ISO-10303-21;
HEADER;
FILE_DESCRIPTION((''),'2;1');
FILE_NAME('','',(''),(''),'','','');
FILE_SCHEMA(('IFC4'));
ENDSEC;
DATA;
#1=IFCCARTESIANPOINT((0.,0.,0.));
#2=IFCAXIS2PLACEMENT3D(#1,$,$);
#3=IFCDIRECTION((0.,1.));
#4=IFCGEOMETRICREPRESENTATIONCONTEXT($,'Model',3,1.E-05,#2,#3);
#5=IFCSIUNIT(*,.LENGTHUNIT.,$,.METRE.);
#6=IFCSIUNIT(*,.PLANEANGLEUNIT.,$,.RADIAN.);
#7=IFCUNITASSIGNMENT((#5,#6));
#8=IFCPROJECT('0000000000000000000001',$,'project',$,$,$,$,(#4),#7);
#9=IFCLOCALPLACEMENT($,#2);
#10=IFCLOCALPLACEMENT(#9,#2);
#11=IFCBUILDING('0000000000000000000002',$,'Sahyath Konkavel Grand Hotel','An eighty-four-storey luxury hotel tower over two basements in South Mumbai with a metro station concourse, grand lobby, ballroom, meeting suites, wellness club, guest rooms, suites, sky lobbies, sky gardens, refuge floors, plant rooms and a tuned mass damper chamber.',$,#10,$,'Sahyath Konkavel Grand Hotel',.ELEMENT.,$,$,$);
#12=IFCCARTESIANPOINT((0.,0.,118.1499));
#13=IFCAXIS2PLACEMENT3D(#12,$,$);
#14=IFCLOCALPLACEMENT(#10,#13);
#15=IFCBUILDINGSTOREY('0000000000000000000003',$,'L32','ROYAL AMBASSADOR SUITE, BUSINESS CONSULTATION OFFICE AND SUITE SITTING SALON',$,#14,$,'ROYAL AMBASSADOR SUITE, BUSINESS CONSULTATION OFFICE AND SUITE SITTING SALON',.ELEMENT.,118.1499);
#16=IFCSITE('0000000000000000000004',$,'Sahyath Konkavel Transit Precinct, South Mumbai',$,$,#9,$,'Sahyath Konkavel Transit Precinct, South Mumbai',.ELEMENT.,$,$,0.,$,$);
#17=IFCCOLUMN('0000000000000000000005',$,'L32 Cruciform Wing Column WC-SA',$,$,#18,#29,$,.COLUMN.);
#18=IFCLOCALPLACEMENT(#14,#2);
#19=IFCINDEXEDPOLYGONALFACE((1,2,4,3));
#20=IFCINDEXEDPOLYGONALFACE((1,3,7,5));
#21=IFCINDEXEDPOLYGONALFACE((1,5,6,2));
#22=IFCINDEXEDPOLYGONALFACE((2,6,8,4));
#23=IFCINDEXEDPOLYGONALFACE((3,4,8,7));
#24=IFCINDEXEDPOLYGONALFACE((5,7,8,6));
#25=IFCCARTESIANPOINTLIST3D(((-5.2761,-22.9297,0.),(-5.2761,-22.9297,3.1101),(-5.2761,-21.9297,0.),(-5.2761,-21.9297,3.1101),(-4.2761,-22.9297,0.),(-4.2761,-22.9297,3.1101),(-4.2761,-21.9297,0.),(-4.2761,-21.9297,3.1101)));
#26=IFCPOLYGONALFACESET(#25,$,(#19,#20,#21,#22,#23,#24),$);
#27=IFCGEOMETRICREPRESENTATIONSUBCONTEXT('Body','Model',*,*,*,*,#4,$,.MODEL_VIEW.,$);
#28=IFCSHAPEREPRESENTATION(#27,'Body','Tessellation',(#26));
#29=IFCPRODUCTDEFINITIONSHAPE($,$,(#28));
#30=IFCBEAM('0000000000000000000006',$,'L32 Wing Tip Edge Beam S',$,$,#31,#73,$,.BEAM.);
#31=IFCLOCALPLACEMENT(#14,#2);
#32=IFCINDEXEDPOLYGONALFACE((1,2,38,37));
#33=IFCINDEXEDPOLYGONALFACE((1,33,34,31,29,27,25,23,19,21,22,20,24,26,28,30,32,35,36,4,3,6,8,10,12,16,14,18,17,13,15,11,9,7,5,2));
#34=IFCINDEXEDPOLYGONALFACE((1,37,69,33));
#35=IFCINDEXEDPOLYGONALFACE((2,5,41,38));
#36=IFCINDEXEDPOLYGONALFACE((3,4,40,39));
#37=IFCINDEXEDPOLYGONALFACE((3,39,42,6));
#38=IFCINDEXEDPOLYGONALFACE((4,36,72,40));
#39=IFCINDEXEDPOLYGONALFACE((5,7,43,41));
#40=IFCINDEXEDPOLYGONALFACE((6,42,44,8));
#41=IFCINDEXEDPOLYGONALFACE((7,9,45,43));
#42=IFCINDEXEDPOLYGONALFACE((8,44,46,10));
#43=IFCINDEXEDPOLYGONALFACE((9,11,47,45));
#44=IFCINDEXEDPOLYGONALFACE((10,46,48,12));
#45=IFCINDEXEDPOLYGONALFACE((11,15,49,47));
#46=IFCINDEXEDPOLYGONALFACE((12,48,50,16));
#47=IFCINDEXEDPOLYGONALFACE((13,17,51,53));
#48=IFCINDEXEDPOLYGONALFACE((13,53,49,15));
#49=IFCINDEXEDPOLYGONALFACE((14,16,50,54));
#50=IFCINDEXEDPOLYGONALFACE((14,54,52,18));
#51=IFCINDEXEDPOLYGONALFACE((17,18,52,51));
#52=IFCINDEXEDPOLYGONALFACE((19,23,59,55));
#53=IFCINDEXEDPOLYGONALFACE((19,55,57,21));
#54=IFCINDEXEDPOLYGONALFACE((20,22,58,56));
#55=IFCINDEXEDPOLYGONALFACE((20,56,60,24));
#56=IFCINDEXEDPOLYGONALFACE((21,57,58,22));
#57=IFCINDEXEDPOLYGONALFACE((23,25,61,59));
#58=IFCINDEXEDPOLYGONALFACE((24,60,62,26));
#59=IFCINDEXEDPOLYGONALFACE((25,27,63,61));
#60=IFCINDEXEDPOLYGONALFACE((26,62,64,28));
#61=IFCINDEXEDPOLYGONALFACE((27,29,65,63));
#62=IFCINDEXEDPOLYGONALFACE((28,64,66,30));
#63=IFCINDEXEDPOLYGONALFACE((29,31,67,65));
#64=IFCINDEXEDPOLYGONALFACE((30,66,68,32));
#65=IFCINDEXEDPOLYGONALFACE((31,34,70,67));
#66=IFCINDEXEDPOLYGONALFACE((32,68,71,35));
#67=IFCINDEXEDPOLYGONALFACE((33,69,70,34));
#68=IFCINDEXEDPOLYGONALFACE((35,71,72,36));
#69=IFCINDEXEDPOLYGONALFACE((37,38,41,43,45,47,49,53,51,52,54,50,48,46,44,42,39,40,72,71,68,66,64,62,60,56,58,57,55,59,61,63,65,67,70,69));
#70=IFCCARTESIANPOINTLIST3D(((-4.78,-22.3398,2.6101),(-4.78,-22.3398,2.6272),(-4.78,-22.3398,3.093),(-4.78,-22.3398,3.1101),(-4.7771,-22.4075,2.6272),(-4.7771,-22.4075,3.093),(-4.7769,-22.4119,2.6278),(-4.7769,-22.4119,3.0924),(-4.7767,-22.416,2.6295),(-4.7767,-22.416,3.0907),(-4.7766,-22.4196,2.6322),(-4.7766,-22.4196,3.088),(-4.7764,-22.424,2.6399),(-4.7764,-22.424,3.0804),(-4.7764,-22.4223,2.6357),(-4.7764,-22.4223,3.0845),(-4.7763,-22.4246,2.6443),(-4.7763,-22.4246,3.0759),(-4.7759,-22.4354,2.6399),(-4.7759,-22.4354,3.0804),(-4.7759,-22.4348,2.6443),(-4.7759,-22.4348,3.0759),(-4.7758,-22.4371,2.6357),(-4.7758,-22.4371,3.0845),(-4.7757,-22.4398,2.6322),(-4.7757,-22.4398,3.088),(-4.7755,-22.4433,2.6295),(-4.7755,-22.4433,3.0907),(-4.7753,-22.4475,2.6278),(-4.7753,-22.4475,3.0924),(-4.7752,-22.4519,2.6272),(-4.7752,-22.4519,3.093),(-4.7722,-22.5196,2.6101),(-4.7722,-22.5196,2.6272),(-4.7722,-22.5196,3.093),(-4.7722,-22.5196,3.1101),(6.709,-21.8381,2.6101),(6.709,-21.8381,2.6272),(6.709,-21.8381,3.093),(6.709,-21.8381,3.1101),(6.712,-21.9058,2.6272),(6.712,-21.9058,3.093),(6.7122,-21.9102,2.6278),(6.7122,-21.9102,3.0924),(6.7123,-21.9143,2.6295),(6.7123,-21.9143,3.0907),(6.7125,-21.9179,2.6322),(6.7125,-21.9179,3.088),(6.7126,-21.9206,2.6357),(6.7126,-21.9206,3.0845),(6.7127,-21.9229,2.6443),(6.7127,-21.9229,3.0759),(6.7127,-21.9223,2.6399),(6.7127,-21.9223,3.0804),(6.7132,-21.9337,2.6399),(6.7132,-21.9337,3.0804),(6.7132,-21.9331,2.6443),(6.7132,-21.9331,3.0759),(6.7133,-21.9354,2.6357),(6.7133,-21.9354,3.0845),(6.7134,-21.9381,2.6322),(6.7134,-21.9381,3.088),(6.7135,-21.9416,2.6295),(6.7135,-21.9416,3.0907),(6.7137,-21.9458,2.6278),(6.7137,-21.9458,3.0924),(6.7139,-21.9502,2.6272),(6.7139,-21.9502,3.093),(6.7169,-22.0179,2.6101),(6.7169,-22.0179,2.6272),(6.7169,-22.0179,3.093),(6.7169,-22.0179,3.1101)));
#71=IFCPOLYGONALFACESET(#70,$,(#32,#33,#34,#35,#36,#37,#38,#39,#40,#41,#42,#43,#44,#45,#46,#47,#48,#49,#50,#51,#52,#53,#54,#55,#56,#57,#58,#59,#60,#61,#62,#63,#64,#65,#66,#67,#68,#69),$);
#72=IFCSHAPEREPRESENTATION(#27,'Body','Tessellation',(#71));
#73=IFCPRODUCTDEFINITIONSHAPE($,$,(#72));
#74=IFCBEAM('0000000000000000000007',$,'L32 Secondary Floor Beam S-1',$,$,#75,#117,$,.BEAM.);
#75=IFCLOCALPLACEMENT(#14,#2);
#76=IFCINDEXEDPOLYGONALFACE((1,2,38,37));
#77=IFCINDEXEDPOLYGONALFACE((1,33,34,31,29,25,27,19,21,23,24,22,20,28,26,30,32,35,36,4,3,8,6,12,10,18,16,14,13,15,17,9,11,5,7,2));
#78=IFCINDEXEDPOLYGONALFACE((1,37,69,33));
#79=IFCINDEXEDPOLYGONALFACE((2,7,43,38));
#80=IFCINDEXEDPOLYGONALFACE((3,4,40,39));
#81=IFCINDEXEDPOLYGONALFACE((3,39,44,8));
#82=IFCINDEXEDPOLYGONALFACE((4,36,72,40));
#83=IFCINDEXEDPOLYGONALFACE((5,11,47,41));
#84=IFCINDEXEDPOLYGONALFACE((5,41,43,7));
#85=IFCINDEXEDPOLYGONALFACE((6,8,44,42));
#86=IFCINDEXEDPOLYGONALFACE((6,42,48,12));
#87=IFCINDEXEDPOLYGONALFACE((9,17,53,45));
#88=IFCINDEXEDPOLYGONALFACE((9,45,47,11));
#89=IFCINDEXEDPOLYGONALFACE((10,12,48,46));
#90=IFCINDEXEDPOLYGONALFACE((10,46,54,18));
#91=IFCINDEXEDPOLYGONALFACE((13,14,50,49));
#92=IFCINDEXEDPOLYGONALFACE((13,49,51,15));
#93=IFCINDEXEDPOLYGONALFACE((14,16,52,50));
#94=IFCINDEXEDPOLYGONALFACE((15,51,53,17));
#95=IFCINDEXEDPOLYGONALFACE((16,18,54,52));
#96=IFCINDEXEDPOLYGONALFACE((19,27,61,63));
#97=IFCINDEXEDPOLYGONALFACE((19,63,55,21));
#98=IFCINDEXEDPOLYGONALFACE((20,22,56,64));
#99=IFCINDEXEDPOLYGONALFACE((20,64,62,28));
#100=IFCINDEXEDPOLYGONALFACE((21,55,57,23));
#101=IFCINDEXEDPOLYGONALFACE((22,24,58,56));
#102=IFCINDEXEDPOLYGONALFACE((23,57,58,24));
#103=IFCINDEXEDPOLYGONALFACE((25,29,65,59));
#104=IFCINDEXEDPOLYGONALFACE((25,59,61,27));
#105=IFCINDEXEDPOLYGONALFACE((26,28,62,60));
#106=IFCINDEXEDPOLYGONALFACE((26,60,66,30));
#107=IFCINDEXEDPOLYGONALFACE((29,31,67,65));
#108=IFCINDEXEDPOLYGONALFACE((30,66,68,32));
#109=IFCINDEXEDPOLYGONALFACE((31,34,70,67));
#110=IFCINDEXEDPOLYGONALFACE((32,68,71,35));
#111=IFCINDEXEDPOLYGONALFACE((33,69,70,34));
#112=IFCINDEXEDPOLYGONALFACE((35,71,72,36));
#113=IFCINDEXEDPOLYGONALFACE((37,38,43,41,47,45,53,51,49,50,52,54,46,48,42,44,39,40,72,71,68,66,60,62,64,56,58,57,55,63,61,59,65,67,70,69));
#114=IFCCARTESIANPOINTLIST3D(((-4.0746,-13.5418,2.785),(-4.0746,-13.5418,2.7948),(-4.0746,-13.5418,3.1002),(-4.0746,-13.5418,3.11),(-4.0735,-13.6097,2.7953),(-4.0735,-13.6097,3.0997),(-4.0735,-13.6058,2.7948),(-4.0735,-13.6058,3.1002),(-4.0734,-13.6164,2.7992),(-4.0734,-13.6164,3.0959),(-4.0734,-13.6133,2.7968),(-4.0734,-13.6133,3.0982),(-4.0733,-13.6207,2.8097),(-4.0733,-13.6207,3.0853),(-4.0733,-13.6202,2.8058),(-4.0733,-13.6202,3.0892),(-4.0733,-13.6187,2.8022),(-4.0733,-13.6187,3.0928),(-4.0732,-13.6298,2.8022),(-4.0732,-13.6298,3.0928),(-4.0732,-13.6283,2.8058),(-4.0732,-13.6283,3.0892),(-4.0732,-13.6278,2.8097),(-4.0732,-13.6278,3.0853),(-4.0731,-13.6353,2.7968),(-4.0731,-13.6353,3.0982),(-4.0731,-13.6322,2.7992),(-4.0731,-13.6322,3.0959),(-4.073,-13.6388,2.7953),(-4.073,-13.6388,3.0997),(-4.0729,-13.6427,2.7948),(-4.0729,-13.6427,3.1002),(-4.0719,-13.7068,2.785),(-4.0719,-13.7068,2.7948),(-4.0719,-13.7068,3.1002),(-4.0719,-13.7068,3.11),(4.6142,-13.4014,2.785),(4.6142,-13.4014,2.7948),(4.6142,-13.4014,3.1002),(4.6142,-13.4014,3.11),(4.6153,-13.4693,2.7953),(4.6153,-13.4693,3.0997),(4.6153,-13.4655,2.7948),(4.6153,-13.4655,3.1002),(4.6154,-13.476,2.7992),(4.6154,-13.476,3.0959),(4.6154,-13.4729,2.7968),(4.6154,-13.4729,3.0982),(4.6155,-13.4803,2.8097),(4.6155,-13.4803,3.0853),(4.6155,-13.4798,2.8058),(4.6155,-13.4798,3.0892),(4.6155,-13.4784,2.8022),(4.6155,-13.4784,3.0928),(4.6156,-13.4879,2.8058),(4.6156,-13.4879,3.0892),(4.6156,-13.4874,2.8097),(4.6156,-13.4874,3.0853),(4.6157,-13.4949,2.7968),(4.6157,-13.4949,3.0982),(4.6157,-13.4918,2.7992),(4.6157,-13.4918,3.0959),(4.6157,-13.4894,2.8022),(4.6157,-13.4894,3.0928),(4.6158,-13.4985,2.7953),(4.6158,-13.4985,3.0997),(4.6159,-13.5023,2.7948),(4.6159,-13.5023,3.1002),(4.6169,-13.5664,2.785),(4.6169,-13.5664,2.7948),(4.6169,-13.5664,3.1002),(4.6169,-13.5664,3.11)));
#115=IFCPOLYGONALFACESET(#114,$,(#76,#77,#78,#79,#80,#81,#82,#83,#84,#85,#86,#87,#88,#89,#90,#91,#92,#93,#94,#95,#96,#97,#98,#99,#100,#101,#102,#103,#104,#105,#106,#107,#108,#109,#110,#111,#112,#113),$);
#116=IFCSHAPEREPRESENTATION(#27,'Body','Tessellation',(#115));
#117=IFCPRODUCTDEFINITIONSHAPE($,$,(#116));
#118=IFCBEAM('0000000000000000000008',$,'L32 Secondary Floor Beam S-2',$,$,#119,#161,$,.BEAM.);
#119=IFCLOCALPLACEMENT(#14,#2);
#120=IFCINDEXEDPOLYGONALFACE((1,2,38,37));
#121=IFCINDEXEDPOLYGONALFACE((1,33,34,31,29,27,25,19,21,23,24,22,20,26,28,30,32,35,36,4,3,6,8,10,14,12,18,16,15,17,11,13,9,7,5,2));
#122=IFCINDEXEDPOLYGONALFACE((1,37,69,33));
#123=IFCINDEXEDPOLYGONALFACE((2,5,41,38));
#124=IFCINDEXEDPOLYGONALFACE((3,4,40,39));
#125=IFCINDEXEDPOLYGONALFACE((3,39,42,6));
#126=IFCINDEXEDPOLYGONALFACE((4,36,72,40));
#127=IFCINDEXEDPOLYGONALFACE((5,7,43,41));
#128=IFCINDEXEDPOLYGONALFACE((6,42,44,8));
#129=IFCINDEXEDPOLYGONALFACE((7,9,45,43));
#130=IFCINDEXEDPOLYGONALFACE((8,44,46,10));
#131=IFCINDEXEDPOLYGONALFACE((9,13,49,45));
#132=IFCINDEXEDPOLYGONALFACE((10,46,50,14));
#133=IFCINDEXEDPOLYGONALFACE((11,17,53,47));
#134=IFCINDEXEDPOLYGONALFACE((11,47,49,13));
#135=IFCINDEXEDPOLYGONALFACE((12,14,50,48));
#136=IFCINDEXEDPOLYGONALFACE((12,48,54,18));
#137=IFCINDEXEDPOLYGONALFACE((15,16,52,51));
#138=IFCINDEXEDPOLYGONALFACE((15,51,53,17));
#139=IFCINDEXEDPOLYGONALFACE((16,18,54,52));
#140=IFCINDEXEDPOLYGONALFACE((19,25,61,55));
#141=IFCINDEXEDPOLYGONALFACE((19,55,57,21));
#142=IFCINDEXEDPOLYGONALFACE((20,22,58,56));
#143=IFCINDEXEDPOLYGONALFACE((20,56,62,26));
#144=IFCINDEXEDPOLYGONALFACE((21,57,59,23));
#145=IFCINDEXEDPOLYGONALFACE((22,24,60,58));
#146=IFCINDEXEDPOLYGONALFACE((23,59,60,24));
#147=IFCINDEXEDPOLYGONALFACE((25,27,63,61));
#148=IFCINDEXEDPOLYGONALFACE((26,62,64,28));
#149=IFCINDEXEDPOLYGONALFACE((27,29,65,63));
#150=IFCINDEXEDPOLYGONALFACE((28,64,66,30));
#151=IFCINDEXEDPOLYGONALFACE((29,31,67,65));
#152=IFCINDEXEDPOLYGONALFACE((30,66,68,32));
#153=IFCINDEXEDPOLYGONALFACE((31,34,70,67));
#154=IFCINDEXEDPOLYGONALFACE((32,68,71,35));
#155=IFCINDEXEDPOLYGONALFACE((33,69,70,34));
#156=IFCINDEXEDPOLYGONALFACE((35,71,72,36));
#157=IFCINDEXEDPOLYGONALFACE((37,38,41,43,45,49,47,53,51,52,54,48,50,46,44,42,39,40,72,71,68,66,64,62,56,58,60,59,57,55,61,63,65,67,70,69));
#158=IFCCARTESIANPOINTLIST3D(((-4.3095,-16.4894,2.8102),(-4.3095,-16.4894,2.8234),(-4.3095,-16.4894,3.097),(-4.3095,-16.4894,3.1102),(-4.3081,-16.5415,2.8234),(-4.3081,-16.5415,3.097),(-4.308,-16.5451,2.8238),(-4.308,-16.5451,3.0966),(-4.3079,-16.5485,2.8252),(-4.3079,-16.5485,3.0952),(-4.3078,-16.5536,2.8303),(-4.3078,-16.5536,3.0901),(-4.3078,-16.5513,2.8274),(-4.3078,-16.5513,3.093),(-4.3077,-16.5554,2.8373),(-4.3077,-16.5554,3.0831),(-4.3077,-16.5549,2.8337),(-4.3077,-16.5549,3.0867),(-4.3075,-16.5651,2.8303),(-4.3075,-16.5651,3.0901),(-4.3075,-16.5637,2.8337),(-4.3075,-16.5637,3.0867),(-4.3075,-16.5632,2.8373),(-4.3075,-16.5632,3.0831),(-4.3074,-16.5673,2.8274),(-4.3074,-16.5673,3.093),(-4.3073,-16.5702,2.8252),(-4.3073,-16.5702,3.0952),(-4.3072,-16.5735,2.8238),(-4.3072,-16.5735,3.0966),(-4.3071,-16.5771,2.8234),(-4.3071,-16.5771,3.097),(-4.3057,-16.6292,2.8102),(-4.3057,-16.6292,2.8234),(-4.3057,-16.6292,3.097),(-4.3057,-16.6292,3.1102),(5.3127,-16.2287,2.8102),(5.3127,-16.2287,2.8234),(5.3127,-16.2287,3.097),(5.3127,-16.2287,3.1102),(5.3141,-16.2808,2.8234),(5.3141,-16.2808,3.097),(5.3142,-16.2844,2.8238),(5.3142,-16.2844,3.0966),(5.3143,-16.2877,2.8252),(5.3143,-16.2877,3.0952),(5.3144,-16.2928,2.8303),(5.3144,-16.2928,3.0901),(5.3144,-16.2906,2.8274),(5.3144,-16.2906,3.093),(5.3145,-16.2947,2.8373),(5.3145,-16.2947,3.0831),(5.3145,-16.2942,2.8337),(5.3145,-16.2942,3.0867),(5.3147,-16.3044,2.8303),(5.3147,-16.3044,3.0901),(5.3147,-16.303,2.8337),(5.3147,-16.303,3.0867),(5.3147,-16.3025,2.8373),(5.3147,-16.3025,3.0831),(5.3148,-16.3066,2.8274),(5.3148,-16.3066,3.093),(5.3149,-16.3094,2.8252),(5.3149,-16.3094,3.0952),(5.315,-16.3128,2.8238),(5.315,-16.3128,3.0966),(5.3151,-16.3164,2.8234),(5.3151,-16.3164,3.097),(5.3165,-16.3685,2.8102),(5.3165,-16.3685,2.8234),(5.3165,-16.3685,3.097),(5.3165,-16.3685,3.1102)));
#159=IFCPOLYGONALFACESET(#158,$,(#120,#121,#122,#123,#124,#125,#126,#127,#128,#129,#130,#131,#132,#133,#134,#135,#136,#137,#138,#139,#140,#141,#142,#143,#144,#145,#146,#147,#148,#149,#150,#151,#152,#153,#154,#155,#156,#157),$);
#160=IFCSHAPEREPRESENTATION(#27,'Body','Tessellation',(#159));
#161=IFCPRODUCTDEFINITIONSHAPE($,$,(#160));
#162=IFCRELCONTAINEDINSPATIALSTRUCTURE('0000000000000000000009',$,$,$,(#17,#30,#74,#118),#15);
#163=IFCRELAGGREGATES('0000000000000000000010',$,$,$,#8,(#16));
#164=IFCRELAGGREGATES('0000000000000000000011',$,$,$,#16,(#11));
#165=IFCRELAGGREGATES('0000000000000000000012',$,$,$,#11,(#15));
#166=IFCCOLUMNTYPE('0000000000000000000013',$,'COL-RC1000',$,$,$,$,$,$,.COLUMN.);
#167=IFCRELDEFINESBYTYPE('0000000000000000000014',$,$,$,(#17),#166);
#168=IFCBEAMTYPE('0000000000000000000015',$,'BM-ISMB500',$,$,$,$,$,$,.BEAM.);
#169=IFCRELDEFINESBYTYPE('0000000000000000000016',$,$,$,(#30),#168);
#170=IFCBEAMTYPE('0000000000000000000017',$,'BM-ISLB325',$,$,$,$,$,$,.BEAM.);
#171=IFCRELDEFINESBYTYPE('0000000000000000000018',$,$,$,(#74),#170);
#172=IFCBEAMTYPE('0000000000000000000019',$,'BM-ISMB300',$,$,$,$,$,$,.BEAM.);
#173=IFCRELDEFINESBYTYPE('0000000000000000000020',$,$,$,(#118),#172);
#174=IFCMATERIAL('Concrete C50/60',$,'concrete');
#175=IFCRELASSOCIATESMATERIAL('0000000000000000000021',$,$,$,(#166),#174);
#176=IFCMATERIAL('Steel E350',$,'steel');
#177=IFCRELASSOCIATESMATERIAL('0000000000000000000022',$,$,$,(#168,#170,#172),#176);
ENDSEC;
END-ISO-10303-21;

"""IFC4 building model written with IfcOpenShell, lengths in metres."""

from ifc_helpers import new_model, si_unit, direction, frame, origin, origin_2d, place, context, subcontext, project, spatial, rectangle, i_section, extrude, source, transform, mapped, material, material_profile, profile_set, type_object, element, save


model = new_model("IFC4")

# Units and contexts
model_context = context("Model", 3, precision=1e-05, world=origin(), true_north=direction((0.0, 1.0)))
body_context = subcontext(model_context, "Body", "Model", "MODEL_VIEW")
ifc_project = project(units=[si_unit("LENGTHUNIT", "METRE"), si_unit("PLANEANGLEUNIT", "RADIAN")], contexts=[model_context])

# Site, building, storey
site_placement = place(None, origin())
site = spatial("IfcSite", under=ifc_project, at=site_placement, Name="Sahyath Konkavel Transit Precinct, South Mumbai", LongName="Sahyath Konkavel Transit Precinct, South Mumbai", CompositionType="ELEMENT", RefElevation=0.0)
building_placement = place(site_placement, origin())
building = spatial("IfcBuilding", under=site, at=building_placement, Name="Sahyath Konkavel Grand Hotel", Description="An eighty-four-storey luxury hotel tower over two basements in South Mumbai with a metro station concourse, grand lobby, ballroom, meeting suites, wellness club, guest rooms, suites, sky lobbies, sky gardens, refuge floors, plant rooms and a tuned mass damper chamber.", LongName="Sahyath Konkavel Grand Hotel", CompositionType="ELEMENT")
storey_placement = place(building_placement, frame((0.0, 0.0, 118.1499)))
storey = spatial("IfcBuildingStorey", under=building, at=storey_placement, Name="L32", Description="ROYAL AMBASSADOR SUITE, BUSINESS CONSULTATION OFFICE AND SUITE SITTING SALON", LongName="ROYAL AMBASSADOR SUITE, BUSINESS CONSULTATION OFFICE AND SUITE SITTING SALON", CompositionType="ELEMENT", Elevation=118.1499)

# Column
ifc_material_1 = material(Name="Concrete C50/60", Category="concrete")
ifc_material_profile_1 = material_profile(ifc_material_1, rectangle(XDim=1.0, YDim=1.0, at=origin_2d()), Name="RC 1000x1000")
ifc_profile_set_1 = profile_set([ifc_material_profile_1], Name="Concrete C50/60")
column_type = type_object("IfcColumnType", Name="COL-RC1000", PredefinedType="COLUMN", material=ifc_profile_set_1)
shared_shape_1 = source(origin(), body_context, "Body", "SweptSolid", [
    extrude(rectangle(XDim=1.0, YDim=1.0, at=origin_2d()), origin(), (0.0, 0.0, 1.0), 3.1101),
])
column_placement = place(storey_placement, frame((-4.7761, -22.4297, 0.0), z_axis=(0.0, 0.0, 1.0), x_axis=(1.0, 0.0, 0.0)))
element("IfcColumn", 1, at=column_placement, inside=storey, type_object=column_type, Name="L32 Cruciform Wing Column WC-SA", PredefinedType="COLUMN", context=body_context, shape_type="MappedRepresentation", body=[
    mapped(shared_shape_1, transform((0.0, 0.0, 0.0), scale=1.0)),
])

# Beams
ifc_material_2 = material(Name="Steel E350", Category="steel")
ifc_material_profile_2 = material_profile(ifc_material_2, i_section(OverallWidth=0.1799, OverallDepth=0.5, WebThickness=0.0103, FlangeThickness=0.0171, FilletRadius=0.0171, at=origin_2d()), Name="ISMB 500")
ifc_profile_set_2 = profile_set([ifc_material_profile_2], Name="Steel E350")
beam_type_1 = type_object("IfcBeamType", Name="BM-ISMB500", PredefinedType="BEAM", material=ifc_profile_set_2)
shared_shape_2 = source(origin(), body_context, "Body", "SweptSolid", [
    extrude(i_section(OverallWidth=0.1799, OverallDepth=0.5, WebThickness=0.0103, FlangeThickness=0.0171, FilletRadius=0.0171, at=origin_2d()), origin(), (0.0, 0.0, 1.0), 11.5),
])
beam_1_placement = place(storey_placement, frame((-4.7761, -22.4297, 2.8601), z_axis=(0.999048, 0.043627, 0.0), x_axis=(-0.043627, 0.999048, 0.0)))
element("IfcBeam", 2, at=beam_1_placement, inside=storey, type_object=beam_type_1, Name="L32 Wing Tip Edge Beam S", PredefinedType="BEAM", context=body_context, shape_type="MappedRepresentation", body=[
    mapped(shared_shape_2, transform((0.0, 0.0, 0.0), scale=1.0)),
])
ifc_material_profile_3 = material_profile(ifc_material_2, i_section(OverallWidth=0.165, OverallDepth=0.325, WebThickness=0.0071, FlangeThickness=0.0098, FilletRadius=0.0149, at=origin_2d()), Name="ISLB 325")
ifc_profile_set_3 = profile_set([ifc_material_profile_3], Name="Steel E350")
beam_type_2 = type_object("IfcBeamType", Name="BM-ISLB325", PredefinedType="BEAM", material=ifc_profile_set_3)
shared_shape_3 = source(origin(), body_context, "Body", "SweptSolid", [
    extrude(i_section(OverallWidth=0.165, OverallDepth=0.325, WebThickness=0.0071, FlangeThickness=0.0098, FilletRadius=0.0149, at=origin_2d()), origin(), (0.0, 0.0, 1.0), 8.6899),
])
beam_2_placement = place(storey_placement, frame((-4.0732, -13.6243, 2.9475), z_axis=(0.99987, 0.016155, 0.0), x_axis=(-0.016155, 0.99987, 0.0)))
element("IfcBeam", 3, at=beam_2_placement, inside=storey, type_object=beam_type_2, Name="L32 Secondary Floor Beam S-1", PredefinedType="BEAM", context=body_context, shape_type="MappedRepresentation", body=[
    mapped(shared_shape_3, transform((0.0, 0.0, 0.0), scale=1.0)),
])
ifc_material_profile_4 = material_profile(ifc_material_2, i_section(OverallWidth=0.1399, OverallDepth=0.3, WebThickness=0.0078, FlangeThickness=0.0132, FilletRadius=0.0139, at=origin_2d()), Name="ISMB 300")
ifc_profile_set_4 = profile_set([ifc_material_profile_4], Name="Steel E350")
beam_type_3 = type_object("IfcBeamType", Name="BM-ISMB300", PredefinedType="BEAM", material=ifc_profile_set_4)
shared_shape_4 = source(origin(), body_context, "Body", "SweptSolid", [
    extrude(i_section(OverallWidth=0.1399, OverallDepth=0.3, WebThickness=0.0078, FlangeThickness=0.0132, FilletRadius=0.0139, at=origin_2d()), origin(), (0.0, 0.0, 1.0), 9.6257),
])
beam_3_placement = place(storey_placement, frame((-4.3076, -16.5593, 2.9602), z_axis=(0.999633, 0.027088, 0.0), x_axis=(-0.027088, 0.999633, 0.0)))
element("IfcBeam", 4, at=beam_3_placement, inside=storey, type_object=beam_type_3, Name="L32 Secondary Floor Beam S-2", PredefinedType="BEAM", context=body_context, shape_type="MappedRepresentation", body=[
    mapped(shared_shape_4, transform((0.0, 0.0, 0.0), scale=1.0)),
])

save(model, "model.ifc")
